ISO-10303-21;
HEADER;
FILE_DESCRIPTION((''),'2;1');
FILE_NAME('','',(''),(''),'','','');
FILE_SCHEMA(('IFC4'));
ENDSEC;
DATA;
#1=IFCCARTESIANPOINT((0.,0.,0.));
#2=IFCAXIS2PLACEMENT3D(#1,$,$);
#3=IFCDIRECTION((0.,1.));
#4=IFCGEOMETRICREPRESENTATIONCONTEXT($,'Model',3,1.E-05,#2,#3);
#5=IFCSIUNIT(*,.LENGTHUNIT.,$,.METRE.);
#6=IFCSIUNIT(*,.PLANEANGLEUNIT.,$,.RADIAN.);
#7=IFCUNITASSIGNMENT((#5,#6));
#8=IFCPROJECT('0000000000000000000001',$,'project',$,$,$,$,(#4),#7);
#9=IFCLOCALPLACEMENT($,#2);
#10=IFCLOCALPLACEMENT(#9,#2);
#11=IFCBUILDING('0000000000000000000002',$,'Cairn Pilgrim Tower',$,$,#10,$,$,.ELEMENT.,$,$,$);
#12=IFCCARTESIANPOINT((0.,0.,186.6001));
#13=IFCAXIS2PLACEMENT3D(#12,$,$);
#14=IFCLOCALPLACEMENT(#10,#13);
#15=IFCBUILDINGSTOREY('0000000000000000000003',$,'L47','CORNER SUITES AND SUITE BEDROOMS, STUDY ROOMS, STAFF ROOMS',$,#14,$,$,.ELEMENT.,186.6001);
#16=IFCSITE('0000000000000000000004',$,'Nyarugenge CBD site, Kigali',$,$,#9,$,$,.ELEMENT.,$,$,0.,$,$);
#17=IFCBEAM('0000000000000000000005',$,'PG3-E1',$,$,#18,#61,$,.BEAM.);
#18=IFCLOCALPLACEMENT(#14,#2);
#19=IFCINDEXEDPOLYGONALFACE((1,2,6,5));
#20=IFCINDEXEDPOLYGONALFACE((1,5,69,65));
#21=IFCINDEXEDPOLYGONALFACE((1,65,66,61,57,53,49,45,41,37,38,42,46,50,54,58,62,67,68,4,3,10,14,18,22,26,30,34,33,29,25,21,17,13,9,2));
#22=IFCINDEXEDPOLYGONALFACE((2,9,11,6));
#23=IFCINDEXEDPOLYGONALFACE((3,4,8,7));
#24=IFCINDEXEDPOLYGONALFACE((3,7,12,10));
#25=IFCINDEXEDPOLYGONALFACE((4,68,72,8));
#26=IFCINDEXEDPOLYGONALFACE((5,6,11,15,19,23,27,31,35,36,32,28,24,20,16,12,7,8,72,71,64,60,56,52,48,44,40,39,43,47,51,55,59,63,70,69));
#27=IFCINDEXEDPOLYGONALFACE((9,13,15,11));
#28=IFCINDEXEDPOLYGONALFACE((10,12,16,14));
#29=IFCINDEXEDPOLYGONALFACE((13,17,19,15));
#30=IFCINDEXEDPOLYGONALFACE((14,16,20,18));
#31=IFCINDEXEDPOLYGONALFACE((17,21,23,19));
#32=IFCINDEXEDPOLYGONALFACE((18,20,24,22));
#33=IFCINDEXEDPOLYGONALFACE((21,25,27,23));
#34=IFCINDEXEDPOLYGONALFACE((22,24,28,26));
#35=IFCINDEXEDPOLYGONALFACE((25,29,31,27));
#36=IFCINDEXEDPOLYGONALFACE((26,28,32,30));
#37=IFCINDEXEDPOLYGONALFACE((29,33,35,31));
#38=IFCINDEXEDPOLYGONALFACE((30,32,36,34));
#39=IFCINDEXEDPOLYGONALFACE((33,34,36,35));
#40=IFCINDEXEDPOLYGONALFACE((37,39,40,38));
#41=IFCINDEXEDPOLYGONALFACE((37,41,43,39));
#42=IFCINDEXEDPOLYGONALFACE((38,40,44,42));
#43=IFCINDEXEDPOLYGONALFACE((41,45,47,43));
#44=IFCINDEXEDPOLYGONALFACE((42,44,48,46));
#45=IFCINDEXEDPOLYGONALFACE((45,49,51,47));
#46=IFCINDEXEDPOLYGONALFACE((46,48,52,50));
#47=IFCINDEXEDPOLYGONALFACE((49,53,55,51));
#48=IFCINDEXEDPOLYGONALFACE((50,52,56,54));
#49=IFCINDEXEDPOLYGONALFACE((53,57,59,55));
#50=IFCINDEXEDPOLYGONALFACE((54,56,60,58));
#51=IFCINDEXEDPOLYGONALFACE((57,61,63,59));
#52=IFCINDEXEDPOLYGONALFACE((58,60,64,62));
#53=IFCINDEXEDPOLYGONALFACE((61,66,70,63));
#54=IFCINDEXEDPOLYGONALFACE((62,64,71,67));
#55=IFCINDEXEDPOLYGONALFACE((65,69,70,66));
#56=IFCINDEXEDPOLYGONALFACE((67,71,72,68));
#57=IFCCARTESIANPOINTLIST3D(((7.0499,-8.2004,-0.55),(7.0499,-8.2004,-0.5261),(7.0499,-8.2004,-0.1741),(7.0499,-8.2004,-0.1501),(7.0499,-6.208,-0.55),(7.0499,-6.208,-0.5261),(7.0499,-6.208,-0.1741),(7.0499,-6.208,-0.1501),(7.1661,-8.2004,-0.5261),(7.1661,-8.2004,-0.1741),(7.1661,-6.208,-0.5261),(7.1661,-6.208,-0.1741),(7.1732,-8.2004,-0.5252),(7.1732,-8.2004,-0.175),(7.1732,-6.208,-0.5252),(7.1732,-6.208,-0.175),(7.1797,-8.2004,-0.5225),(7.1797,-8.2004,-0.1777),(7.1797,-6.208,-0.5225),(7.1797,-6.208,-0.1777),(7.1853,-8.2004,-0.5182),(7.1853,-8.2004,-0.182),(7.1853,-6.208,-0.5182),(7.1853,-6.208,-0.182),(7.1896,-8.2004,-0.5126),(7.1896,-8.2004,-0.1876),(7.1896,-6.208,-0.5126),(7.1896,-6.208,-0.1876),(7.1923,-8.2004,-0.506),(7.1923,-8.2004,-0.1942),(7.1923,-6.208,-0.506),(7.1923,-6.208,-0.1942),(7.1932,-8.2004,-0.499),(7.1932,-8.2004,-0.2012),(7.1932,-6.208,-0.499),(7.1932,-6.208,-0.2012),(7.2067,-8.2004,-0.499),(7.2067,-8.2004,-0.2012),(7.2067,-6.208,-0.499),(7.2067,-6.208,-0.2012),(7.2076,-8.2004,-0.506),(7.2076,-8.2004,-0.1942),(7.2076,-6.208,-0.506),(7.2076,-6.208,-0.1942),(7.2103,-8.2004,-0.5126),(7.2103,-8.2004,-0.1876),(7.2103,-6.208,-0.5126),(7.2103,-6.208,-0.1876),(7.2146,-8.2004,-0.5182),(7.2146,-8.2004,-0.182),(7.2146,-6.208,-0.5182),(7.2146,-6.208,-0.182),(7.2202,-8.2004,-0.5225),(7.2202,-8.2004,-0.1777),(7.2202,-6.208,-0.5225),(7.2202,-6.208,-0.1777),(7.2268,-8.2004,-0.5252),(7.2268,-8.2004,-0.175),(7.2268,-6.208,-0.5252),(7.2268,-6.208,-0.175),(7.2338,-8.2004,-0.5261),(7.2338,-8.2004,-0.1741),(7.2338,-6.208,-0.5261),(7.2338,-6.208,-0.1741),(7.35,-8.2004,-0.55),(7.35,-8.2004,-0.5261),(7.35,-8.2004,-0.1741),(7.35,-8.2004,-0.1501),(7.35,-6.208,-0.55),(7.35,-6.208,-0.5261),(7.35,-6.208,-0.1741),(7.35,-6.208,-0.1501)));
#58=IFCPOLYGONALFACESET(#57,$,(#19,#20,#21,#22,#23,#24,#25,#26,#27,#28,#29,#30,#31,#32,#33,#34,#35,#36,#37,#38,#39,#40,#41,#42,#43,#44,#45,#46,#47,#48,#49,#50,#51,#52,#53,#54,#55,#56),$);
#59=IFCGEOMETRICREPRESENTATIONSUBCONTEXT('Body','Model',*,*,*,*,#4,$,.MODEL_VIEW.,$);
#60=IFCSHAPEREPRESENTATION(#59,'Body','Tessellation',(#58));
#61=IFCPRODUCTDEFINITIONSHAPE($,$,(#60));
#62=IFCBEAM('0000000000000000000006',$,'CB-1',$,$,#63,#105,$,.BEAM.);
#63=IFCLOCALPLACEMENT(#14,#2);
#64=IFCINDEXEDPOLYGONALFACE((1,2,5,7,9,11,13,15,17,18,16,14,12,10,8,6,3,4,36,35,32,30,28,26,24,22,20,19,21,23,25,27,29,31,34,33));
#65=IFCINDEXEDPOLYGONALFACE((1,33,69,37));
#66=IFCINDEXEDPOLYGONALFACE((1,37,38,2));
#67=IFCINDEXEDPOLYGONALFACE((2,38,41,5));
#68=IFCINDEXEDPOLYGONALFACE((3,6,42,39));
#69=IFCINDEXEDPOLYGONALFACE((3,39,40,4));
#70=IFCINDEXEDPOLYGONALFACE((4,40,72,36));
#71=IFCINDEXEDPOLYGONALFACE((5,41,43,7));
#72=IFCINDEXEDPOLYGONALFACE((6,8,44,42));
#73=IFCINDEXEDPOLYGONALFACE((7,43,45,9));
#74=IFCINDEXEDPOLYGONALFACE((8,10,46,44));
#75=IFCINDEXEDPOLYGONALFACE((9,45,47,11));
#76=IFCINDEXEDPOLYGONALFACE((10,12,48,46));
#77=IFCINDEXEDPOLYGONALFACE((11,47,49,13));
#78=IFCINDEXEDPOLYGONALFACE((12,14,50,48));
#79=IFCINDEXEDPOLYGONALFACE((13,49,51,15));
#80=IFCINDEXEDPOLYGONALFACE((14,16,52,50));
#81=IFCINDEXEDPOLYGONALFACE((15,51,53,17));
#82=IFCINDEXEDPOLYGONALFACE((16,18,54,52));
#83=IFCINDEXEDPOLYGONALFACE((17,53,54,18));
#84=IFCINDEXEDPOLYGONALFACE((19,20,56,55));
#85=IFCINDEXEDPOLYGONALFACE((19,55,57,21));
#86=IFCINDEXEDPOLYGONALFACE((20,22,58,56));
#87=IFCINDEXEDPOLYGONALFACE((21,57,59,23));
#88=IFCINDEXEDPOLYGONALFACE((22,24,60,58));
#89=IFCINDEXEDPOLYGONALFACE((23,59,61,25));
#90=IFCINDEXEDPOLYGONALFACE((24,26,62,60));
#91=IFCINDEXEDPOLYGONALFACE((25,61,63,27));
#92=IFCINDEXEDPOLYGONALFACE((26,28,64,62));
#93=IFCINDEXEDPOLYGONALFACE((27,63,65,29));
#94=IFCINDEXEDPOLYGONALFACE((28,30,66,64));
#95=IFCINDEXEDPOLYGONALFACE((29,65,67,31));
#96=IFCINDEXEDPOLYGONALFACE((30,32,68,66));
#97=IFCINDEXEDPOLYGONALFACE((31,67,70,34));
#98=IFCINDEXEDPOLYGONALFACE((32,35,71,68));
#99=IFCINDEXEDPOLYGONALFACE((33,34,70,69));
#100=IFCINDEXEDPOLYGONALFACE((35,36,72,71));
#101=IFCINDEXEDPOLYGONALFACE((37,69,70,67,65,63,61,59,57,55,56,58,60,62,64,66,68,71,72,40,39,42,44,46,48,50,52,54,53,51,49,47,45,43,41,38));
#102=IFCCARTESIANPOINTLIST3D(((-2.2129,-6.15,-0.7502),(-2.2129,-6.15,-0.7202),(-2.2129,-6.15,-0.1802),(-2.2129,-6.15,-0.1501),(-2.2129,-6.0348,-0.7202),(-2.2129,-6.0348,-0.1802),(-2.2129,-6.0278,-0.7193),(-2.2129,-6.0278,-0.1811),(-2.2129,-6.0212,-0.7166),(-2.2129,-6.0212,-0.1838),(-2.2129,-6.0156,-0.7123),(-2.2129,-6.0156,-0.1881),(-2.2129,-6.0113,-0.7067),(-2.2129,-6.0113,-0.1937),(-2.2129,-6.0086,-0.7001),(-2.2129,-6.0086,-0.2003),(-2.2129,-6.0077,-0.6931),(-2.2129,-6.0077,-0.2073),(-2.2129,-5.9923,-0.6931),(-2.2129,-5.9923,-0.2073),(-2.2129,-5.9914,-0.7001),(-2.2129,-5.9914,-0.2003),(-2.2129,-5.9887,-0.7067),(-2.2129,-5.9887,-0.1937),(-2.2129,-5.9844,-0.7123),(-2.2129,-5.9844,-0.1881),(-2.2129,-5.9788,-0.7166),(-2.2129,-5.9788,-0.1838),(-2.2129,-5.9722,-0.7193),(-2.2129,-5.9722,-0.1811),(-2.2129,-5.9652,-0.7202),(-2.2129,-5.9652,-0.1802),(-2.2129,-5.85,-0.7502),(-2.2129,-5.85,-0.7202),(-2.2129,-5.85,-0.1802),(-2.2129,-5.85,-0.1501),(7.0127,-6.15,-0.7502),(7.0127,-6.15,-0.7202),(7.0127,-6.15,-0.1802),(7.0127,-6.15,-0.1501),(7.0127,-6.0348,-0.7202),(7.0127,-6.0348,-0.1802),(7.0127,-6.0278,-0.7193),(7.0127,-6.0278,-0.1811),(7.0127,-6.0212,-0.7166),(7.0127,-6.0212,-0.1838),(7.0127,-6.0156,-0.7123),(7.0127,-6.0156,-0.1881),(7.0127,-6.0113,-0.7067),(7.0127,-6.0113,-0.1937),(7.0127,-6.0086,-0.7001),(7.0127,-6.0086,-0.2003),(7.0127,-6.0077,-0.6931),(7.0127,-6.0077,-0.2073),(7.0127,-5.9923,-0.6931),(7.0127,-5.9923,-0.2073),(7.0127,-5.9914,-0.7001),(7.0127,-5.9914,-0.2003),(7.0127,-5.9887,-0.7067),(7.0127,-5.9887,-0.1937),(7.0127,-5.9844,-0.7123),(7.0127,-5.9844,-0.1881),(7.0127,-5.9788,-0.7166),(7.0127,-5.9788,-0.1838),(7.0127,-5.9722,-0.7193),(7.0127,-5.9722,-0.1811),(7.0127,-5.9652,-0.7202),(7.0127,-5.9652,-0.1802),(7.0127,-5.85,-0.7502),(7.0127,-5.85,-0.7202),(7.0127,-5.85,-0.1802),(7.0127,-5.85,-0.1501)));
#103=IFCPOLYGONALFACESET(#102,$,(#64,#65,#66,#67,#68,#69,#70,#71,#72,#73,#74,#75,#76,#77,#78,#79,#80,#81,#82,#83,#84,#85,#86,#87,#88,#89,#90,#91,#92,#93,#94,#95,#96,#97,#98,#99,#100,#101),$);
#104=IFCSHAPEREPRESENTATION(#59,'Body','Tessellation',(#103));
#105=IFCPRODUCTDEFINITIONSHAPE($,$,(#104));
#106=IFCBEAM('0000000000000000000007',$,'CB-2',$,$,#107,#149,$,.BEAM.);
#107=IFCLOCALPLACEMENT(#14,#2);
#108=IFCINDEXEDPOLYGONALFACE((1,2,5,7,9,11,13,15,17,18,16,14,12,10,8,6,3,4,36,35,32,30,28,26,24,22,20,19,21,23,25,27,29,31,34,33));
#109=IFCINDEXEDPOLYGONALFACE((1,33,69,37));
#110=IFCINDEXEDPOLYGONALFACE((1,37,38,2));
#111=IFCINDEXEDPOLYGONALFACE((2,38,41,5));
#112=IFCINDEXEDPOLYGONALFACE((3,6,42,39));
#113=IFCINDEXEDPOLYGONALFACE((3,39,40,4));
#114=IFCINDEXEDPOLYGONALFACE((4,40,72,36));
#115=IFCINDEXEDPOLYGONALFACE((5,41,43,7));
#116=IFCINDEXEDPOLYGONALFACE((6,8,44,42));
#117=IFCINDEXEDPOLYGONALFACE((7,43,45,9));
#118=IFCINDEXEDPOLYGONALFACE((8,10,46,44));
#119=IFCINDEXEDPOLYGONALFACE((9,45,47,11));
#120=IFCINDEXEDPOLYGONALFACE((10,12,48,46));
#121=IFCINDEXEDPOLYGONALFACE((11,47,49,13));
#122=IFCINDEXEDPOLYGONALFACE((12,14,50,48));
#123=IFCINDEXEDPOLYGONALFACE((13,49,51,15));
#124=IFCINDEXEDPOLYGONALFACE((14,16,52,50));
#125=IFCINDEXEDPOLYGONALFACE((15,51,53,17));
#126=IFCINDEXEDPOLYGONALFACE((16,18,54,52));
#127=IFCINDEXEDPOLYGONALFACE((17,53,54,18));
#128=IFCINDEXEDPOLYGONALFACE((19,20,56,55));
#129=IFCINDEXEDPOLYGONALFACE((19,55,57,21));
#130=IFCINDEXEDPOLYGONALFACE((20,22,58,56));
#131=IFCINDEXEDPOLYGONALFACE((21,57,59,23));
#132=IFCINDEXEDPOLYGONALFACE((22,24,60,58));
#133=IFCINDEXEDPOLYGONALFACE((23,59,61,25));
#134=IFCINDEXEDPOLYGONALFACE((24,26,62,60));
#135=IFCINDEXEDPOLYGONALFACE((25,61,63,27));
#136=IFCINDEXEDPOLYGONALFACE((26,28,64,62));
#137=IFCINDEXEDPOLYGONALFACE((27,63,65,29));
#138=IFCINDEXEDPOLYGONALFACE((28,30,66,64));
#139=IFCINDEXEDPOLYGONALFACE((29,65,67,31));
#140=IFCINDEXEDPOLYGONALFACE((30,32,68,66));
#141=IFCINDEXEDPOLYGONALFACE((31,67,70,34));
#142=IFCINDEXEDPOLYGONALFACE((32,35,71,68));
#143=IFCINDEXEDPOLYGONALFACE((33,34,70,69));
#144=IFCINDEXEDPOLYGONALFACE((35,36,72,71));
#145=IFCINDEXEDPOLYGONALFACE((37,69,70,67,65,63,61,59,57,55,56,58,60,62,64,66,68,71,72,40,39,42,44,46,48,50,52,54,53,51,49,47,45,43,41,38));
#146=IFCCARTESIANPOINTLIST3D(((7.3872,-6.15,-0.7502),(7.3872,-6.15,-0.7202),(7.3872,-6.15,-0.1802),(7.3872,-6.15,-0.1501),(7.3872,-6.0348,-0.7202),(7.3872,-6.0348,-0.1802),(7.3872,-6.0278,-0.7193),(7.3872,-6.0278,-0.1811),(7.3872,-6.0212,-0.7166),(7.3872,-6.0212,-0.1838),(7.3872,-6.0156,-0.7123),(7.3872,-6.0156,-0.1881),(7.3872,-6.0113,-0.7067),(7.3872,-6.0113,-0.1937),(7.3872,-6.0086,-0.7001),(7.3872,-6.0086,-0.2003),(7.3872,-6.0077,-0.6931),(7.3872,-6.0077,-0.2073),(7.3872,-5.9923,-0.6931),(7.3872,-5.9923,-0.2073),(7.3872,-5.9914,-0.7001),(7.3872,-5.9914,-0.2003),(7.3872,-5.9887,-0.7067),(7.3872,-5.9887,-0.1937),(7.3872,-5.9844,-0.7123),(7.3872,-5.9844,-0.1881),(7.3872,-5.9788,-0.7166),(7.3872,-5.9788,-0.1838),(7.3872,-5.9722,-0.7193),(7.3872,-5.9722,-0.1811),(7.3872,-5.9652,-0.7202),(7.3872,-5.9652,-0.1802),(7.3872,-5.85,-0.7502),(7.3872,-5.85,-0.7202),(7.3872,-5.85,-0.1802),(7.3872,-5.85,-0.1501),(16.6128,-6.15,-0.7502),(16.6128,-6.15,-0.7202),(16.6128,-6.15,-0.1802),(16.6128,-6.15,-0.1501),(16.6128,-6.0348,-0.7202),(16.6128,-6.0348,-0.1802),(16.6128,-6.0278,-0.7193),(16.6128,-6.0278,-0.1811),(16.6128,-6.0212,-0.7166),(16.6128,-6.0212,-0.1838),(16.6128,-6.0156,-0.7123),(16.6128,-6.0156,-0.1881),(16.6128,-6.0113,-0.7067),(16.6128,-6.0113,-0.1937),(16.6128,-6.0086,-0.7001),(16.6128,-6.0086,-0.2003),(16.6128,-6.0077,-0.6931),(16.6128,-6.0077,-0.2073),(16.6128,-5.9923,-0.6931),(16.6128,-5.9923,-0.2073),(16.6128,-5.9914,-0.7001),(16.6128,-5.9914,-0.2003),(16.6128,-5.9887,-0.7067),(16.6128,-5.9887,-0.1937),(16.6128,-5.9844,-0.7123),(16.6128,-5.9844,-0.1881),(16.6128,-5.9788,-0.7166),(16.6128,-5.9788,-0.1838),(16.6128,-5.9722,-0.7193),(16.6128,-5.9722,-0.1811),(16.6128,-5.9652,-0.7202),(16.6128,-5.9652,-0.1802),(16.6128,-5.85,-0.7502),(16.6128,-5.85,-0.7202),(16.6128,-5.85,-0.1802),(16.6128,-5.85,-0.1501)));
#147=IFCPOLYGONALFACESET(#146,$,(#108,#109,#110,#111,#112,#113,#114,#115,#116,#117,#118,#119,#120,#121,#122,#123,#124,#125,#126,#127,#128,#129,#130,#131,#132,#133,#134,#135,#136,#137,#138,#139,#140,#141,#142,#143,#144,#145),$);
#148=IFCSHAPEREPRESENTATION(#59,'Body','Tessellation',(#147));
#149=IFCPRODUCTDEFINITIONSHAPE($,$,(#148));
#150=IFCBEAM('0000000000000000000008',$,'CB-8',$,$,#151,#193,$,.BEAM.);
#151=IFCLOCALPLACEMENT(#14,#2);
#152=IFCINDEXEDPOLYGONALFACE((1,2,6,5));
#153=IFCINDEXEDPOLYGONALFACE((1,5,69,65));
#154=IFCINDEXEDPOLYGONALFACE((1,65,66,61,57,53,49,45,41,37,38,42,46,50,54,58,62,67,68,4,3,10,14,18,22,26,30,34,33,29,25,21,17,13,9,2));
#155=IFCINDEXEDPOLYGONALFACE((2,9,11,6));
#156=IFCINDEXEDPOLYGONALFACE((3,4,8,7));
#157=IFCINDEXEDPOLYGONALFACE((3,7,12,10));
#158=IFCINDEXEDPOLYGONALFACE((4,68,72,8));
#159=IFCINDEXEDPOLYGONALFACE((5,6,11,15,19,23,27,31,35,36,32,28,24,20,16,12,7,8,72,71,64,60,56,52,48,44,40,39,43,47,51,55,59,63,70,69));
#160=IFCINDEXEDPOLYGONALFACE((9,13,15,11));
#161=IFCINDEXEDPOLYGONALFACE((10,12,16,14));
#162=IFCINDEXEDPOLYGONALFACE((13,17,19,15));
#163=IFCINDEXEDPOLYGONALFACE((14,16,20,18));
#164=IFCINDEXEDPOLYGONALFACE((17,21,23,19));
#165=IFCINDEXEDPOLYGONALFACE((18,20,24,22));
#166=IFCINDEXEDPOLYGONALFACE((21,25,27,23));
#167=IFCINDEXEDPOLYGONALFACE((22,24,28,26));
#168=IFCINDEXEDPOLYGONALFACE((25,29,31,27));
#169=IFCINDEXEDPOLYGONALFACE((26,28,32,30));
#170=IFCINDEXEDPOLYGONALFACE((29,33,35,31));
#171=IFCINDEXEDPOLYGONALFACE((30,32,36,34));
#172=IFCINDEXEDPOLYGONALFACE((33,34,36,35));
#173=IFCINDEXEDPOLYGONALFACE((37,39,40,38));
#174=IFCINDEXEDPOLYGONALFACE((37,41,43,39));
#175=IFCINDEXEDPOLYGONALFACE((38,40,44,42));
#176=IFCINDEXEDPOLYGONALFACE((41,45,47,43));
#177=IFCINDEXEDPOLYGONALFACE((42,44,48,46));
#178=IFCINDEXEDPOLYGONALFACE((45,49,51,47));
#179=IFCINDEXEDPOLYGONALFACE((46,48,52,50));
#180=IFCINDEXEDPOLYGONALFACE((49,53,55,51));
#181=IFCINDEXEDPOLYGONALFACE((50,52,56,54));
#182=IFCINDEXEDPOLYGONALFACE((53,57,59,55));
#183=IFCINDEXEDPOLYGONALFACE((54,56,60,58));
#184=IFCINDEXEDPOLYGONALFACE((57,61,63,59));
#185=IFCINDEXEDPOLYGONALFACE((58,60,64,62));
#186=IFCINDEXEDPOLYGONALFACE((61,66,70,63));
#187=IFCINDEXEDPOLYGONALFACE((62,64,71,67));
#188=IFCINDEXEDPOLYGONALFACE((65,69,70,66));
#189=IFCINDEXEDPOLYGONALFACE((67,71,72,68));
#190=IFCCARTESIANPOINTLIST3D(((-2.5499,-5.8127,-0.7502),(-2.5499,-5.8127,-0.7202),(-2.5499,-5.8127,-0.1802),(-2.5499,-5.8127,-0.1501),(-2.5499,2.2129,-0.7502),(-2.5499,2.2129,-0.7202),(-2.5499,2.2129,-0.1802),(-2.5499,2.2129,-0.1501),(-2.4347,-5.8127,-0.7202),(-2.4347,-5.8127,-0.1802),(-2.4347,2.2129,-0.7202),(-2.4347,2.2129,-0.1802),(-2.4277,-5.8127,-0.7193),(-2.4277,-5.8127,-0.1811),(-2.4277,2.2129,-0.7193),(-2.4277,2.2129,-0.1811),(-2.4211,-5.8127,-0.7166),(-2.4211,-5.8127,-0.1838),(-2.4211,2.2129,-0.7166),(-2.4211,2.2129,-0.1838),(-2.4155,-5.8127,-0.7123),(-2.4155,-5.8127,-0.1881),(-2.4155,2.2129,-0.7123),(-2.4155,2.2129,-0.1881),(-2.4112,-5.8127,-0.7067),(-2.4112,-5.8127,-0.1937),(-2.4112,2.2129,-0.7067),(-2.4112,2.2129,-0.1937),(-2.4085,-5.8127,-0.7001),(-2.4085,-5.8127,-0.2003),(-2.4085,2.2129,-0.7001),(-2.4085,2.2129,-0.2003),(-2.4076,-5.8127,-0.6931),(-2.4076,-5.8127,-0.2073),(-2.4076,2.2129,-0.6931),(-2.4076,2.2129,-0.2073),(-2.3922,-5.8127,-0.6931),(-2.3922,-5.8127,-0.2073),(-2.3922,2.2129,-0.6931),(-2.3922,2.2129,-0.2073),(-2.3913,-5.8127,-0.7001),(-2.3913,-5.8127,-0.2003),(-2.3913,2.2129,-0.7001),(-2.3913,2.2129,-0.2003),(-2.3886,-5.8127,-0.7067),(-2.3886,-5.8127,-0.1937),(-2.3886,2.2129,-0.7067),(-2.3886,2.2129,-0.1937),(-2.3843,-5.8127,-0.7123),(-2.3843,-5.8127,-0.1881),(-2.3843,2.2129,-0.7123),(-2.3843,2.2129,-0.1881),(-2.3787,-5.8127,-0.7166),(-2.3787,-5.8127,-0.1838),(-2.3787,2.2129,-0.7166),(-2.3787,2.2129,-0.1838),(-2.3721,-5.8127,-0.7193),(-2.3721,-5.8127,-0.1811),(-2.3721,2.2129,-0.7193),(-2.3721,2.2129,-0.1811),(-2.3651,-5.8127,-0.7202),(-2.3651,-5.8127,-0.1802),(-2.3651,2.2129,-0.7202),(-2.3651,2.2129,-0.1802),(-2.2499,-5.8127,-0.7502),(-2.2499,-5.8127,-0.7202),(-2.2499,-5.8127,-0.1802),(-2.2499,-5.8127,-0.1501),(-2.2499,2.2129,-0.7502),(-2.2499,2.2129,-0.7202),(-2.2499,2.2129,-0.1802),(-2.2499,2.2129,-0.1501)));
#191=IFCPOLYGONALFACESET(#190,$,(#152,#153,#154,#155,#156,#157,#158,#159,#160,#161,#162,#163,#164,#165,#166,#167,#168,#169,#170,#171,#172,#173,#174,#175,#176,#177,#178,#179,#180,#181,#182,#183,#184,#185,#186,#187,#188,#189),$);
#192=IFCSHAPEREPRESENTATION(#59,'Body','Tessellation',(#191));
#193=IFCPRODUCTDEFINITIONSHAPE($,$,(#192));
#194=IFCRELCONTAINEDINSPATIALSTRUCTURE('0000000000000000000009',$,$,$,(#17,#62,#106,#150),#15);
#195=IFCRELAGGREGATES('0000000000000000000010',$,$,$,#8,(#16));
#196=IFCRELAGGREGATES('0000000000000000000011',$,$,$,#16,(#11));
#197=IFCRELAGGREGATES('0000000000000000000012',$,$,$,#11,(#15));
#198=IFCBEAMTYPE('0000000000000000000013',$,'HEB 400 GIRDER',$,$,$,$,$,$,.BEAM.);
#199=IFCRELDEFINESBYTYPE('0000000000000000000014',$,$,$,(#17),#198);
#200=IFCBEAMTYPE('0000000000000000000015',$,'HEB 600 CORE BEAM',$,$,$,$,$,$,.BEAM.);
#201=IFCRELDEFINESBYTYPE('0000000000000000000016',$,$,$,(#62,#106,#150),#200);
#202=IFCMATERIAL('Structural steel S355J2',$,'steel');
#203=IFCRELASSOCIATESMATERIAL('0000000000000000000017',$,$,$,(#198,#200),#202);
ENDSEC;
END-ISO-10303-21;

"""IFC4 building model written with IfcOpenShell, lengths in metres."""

from ifc_helpers import new_model, si_unit, direction, frame, origin, origin_2d, place, context, subcontext, project, spatial, i_section, extrude, material, material_profile, profile_set, type_object, element, save


model = new_model("IFC4")

# Units and contexts
model_context = context("Model", 3, precision=1e-05, world=origin(), true_north=direction((0.0, 1.0)))
body_context = subcontext(model_context, "Body", "Model", "MODEL_VIEW")
ifc_project = project(units=[si_unit("LENGTHUNIT", "METRE"), si_unit("PLANEANGLEUNIT", "RADIAN")], contexts=[model_context])

# Site, building, storey
site_placement = place(None, origin())
site = spatial("IfcSite", under=ifc_project, at=site_placement, Name="Nyarugenge CBD site, Kigali", CompositionType="ELEMENT", RefElevation=0.0)
building_placement = place(site_placement, origin())
building = spatial("IfcBuilding", under=site, at=building_placement, Name="Cairn Pilgrim Tower", CompositionType="ELEMENT")
storey_placement = place(building_placement, frame((0.0, 0.0, 186.6001)))
storey = spatial("IfcBuildingStorey", under=building, at=storey_placement, Name="L47", Description="CORNER SUITES AND SUITE BEDROOMS, STUDY ROOMS, STAFF ROOMS", CompositionType="ELEMENT", Elevation=186.6001)

# Beams
ifc_material_1 = material(Name="Structural steel S355J2", Category="steel")
ifc_material_profile_1 = material_profile(ifc_material_1, i_section(OverallWidth=0.3, OverallDepth=0.3999, WebThickness=0.0134, FlangeThickness=0.0239, FilletRadius=0.0271, at=origin_2d()), Name="HEB 400")
ifc_profile_set_1 = profile_set([ifc_material_profile_1], Name="Structural steel S355J2")
beam_type_1 = type_object("IfcBeamType", Name="HEB 400 GIRDER", PredefinedType="BEAM", material=ifc_profile_set_1)
beam_1_placement = place(storey_placement, frame((7.2, -8.2004, -0.3501), z_axis=(0.0, 1.0, 0.0), x_axis=(-1.0, 0.0, 0.0)))
element("IfcBeam", 1, at=beam_1_placement, inside=storey, type_object=beam_type_1, Name="PG3-E1", PredefinedType="BEAM", context=body_context, shape_type="SweptSolid", body=[
    extrude(i_section(OverallWidth=0.3, OverallDepth=0.3999, WebThickness=0.0134, FlangeThickness=0.0239, FilletRadius=0.0271, at=origin_2d()), origin(), (0.0, 0.0, 1.0), 1.9924),
])
ifc_material_profile_2 = material_profile(ifc_material_1, i_section(OverallWidth=0.3, OverallDepth=0.6001, WebThickness=0.0154, FlangeThickness=0.03, FilletRadius=0.0271, at=origin_2d()), Name="HEB 600")
ifc_profile_set_2 = profile_set([ifc_material_profile_2], Name="Structural steel S355J2")
beam_type_2 = type_object("IfcBeamType", Name="HEB 600 CORE BEAM", PredefinedType="BEAM", material=ifc_profile_set_2)
for number, where, z_axis, x_axis, name in (
    (2, (-2.2129, -6.0, -0.4502), (1.0, 0.0, 0.0), (0.0, 1.0, 0.0), "CB-1"),
    (3, (7.3872, -6.0, -0.4502), (1.0, 0.0, 0.0), (0.0, 1.0, 0.0), "CB-2"),
):
    element("IfcBeam", number, at=place(storey_placement, frame(where, z_axis=z_axis, x_axis=x_axis)), inside=storey, type_object=beam_type_2, Name=name, PredefinedType="BEAM", context=body_context, shape_type="SweptSolid", body=[
        extrude(i_section(OverallWidth=0.3, OverallDepth=0.6001, WebThickness=0.0154, FlangeThickness=0.03, FilletRadius=0.0271, at=origin_2d()), origin(), (0.0, 0.0, 1.0), 9.2256),
    ])
beam_2_placement = place(storey_placement, frame((-2.3999, 2.2129, -0.4502), z_axis=(0.0, -1.0, 0.0), x_axis=(1.0, 0.0, 0.0)))
element("IfcBeam", 4, at=beam_2_placement, inside=storey, type_object=beam_type_2, Name="CB-8", PredefinedType="BEAM", context=body_context, shape_type="SweptSolid", body=[
    extrude(i_section(OverallWidth=0.3, OverallDepth=0.6001, WebThickness=0.0154, FlangeThickness=0.03, FilletRadius=0.0271, at=origin_2d()), origin(), (0.0, 0.0, 1.0), 8.0256),
])

save(model, "model.ifc")
